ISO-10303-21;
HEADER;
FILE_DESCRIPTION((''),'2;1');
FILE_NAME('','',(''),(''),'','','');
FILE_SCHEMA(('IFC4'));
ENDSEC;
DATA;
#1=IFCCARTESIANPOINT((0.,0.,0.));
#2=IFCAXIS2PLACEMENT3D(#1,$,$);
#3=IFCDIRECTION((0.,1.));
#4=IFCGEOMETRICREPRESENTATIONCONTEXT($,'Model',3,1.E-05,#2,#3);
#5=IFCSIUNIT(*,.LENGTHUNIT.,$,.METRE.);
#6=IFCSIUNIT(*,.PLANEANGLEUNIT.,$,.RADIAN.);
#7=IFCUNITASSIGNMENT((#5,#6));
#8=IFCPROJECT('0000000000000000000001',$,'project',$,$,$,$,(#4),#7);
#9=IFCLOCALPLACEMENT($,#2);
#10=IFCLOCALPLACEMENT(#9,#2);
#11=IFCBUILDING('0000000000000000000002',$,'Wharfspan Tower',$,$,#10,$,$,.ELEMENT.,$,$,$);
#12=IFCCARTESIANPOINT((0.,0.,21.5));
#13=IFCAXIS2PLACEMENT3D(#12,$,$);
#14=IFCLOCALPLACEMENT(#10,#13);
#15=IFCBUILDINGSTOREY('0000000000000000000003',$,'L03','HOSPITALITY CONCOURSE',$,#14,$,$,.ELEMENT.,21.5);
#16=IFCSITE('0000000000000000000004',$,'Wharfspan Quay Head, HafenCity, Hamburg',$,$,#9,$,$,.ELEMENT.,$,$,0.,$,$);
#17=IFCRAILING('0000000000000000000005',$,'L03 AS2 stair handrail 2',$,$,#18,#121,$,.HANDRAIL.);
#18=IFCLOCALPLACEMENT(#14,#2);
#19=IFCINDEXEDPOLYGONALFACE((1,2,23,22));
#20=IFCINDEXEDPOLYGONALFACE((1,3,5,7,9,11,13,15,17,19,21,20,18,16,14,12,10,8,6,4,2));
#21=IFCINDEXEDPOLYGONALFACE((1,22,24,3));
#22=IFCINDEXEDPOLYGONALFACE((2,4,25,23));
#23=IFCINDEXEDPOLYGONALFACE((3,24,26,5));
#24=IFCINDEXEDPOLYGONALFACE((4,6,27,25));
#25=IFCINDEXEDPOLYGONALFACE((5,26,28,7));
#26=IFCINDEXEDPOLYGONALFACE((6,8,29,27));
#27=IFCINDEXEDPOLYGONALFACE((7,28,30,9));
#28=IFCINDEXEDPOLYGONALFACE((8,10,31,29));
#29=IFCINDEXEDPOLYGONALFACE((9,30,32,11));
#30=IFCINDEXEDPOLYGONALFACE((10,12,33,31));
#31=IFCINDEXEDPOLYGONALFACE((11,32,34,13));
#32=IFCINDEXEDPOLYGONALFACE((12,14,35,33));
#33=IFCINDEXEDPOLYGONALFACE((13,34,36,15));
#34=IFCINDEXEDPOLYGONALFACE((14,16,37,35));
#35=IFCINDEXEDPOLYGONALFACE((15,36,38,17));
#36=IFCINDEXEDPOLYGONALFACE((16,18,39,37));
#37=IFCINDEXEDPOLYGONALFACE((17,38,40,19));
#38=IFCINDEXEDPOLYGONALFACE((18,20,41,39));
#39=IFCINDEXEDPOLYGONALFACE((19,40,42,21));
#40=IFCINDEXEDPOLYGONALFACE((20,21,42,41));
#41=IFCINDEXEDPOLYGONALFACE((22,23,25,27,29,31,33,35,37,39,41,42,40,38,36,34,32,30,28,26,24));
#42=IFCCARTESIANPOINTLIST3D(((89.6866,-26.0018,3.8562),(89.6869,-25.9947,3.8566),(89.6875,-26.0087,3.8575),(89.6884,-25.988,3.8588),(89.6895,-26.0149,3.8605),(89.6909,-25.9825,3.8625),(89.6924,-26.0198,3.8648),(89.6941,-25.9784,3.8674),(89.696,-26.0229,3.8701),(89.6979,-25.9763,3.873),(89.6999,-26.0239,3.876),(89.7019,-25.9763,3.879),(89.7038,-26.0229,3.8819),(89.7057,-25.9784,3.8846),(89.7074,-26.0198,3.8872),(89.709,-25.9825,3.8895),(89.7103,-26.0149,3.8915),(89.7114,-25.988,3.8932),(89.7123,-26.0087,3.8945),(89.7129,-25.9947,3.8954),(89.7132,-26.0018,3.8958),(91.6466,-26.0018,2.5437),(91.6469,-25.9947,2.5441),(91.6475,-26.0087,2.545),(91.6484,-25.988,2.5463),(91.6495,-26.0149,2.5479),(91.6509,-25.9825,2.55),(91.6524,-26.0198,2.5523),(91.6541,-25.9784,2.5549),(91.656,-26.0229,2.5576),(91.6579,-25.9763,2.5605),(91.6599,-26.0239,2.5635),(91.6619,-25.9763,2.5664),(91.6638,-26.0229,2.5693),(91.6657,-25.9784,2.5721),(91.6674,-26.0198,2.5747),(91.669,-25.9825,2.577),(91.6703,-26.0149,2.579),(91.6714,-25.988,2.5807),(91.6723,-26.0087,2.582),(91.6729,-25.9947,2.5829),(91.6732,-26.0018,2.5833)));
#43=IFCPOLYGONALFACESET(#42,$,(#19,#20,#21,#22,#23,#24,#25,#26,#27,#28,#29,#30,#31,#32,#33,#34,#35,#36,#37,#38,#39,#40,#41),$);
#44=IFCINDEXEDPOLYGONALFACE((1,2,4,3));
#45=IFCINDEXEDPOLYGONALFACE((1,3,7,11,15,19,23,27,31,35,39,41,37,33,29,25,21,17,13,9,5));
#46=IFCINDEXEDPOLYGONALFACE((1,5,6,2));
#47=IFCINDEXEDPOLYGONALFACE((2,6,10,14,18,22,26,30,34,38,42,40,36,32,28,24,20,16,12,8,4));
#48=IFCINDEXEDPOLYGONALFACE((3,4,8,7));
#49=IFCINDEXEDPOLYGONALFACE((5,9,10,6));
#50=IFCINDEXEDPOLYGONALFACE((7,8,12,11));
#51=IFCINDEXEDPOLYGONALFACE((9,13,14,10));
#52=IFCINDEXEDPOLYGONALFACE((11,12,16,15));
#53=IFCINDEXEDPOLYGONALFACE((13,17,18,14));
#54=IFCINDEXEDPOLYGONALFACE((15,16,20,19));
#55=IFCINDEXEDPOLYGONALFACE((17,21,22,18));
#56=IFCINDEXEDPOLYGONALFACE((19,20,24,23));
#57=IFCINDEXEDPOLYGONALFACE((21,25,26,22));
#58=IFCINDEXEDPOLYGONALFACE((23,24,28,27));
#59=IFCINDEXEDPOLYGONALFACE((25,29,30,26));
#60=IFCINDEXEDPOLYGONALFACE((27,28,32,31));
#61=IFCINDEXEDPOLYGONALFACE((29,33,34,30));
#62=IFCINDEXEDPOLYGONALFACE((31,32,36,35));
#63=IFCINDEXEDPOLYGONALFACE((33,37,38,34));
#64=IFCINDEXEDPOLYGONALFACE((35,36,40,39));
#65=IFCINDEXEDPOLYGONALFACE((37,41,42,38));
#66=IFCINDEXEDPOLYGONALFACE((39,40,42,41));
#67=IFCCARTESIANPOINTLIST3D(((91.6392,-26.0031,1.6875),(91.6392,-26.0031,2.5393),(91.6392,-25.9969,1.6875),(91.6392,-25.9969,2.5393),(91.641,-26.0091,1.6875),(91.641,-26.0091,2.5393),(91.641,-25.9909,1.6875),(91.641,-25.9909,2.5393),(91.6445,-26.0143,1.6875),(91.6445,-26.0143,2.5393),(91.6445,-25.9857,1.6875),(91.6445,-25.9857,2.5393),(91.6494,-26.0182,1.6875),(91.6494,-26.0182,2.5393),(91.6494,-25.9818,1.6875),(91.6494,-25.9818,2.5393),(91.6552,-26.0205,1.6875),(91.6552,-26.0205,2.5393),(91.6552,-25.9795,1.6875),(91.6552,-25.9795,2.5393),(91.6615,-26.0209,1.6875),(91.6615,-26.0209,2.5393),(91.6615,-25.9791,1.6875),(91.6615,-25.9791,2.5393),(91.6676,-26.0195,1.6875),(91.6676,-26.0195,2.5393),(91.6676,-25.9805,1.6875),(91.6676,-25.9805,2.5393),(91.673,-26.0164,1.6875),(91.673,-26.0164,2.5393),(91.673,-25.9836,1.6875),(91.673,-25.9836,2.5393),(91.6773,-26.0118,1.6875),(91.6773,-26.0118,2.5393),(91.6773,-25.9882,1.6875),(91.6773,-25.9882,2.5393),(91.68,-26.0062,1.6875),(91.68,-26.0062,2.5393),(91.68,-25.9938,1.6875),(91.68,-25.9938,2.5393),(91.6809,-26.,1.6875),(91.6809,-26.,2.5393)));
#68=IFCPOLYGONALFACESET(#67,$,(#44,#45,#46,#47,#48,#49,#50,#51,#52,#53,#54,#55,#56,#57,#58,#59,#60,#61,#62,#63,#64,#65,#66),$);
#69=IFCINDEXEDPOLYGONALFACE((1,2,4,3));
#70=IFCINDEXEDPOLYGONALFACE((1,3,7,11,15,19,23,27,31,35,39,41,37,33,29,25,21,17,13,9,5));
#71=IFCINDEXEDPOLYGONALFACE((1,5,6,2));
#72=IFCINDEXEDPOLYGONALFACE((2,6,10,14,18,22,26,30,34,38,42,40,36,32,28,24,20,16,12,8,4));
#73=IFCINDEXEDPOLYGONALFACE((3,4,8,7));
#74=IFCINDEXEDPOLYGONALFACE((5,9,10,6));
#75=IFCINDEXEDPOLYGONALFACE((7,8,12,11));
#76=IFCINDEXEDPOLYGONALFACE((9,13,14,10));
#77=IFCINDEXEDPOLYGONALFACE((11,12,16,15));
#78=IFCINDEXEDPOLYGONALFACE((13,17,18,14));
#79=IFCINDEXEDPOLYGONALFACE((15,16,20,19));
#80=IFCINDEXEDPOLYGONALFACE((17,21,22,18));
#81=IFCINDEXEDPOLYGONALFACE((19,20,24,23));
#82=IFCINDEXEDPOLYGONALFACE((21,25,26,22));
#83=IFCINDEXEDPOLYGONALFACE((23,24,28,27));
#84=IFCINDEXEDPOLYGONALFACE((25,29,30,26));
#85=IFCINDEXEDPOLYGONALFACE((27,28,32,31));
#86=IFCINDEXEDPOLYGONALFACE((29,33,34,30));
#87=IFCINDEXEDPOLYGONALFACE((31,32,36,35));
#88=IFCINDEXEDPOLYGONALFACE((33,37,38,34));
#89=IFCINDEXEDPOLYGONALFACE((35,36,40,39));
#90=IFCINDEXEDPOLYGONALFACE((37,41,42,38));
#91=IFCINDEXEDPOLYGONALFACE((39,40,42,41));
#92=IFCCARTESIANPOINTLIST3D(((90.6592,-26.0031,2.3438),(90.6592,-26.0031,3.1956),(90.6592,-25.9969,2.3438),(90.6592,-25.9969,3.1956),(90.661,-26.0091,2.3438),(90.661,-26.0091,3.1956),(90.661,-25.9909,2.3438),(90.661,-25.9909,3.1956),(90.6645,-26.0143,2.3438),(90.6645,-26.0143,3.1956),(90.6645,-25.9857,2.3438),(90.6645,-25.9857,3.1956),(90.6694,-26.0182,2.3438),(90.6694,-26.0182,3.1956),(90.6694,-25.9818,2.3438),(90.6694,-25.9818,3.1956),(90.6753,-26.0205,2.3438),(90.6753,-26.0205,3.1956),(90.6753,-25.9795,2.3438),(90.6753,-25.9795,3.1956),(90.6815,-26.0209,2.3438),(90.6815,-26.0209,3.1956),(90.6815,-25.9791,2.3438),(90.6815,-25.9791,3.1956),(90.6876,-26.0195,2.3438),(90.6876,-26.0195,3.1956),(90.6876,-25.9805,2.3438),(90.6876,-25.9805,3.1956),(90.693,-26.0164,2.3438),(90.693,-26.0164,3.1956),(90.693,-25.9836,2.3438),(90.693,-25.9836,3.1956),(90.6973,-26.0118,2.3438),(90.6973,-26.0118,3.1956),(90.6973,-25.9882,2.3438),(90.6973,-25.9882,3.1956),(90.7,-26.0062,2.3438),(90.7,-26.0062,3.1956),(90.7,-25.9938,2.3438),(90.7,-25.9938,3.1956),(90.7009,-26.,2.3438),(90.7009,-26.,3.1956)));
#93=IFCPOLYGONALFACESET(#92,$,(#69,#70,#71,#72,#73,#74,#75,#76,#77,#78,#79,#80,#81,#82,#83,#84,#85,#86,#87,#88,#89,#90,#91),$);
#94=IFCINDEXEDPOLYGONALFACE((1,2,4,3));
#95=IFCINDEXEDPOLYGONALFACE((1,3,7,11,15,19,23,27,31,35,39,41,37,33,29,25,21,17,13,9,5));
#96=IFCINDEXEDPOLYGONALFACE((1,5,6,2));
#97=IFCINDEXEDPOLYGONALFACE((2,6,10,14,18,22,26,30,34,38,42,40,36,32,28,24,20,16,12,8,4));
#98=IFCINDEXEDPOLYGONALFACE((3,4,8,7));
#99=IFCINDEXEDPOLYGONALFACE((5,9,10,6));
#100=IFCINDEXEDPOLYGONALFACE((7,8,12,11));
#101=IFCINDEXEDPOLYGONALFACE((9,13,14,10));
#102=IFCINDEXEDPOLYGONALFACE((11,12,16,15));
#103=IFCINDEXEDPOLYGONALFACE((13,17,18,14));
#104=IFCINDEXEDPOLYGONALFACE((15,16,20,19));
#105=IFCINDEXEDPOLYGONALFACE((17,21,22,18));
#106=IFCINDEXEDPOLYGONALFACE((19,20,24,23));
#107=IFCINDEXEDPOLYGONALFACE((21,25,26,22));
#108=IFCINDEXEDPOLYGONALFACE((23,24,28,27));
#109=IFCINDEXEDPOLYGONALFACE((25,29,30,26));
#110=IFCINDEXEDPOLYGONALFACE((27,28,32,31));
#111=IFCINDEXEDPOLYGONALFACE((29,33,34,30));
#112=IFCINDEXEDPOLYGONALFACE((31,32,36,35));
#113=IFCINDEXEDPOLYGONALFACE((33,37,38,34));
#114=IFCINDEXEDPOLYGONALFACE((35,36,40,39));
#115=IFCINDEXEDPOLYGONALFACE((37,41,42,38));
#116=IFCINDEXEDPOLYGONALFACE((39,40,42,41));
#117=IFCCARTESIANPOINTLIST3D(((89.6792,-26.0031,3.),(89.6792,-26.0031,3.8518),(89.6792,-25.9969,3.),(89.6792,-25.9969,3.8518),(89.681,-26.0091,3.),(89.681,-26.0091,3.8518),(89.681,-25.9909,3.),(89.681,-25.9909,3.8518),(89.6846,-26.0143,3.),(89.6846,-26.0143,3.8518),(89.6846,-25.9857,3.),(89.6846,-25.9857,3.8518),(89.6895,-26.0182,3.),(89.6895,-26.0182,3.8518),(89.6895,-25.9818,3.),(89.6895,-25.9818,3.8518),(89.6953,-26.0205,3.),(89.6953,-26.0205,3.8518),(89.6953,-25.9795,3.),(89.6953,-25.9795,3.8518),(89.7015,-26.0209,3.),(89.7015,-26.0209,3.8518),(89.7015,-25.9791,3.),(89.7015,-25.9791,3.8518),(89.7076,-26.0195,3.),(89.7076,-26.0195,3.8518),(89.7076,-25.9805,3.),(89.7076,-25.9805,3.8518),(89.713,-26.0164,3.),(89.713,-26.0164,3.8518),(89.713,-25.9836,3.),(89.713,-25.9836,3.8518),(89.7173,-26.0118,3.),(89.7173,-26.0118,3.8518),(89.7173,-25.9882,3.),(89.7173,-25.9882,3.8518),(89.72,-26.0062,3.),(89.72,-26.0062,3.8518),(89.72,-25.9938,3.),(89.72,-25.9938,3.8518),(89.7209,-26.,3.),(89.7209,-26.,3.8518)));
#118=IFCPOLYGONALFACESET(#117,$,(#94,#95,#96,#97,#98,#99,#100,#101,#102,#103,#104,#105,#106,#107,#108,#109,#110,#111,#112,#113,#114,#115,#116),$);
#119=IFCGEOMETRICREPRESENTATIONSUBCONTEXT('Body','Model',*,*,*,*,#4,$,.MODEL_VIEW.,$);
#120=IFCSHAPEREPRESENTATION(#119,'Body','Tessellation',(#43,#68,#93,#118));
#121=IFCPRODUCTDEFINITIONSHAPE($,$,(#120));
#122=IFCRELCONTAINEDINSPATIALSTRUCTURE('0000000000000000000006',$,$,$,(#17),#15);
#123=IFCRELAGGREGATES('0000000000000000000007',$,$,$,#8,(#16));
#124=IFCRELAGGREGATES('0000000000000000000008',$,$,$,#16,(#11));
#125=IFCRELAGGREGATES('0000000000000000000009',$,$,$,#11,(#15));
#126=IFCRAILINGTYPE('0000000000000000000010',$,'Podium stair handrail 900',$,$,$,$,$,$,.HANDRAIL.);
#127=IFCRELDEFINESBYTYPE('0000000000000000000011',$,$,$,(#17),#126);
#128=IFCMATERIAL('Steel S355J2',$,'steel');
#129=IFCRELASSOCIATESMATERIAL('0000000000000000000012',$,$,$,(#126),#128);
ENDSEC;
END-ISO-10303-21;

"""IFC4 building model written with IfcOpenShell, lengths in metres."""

from ifc_helpers import new_model, si_unit, direction, frame, origin, origin_2d, place, context, subcontext, project, spatial, circle, extrude, material, type_object, element, save


model = new_model("IFC4")

# Units and contexts
model_context = context("Model", 3, precision=1e-05, world=origin(), true_north=direction((0.0, 1.0)))
body_context = subcontext(model_context, "Body", "Model", "MODEL_VIEW")
ifc_project = project(units=[si_unit("LENGTHUNIT", "METRE"), si_unit("PLANEANGLEUNIT", "RADIAN")], contexts=[model_context])

# Site, building, storey
site_placement = place(None, origin())
site = spatial("IfcSite", under=ifc_project, at=site_placement, Name="Wharfspan Quay Head, HafenCity, Hamburg", CompositionType="ELEMENT", RefElevation=0.0)
building_placement = place(site_placement, origin())
building = spatial("IfcBuilding", under=site, at=building_placement, Name="Wharfspan Tower", CompositionType="ELEMENT")
storey_placement = place(building_placement, frame((0.0, 0.0, 21.5)))
storey = spatial("IfcBuildingStorey", under=building, at=storey_placement, Name="L03", Description="HOSPITALITY CONCOURSE", CompositionType="ELEMENT", Elevation=21.5)

# Railing
ifc_material_1 = material(Name="Steel S355J2", Category="steel")
railing_type_1 = type_object("IfcRailingType", Name="Podium stair handrail 900", PredefinedType="HANDRAIL", material=ifc_material_1)
railing_1_placement = place(storey_placement, frame((91.6599, -26.0, 1.6875)))
element("IfcRailing", 1, at=railing_1_placement, inside=storey, type_object=railing_type_1, Name="L03 AS2 stair handrail 2", PredefinedType="HANDRAIL", context=body_context, shape_type="SweptSolid", body=[
    extrude(circle(Radius=0.0239, at=origin_2d()), frame((0.0, 0.0, 0.876), z_axis=(-0.830902, 0.0, 0.556419), x_axis=(0.0, -1.0, 0.0)), (0.0, 0.0, 1.0), 2.3589),
    extrude(circle(Radius=0.021, at=origin_2d()), origin(), (0.0, 0.0, 1.0), 0.8518),
    extrude(circle(Radius=0.021, at=origin_2d()), frame((-0.98, 0.0, 0.6562)), (0.0, 0.0, 1.0), 0.8518),
    extrude(circle(Radius=0.021, at=origin_2d()), frame((-1.96, 0.0, 1.3125)), (0.0, 0.0, 1.0), 0.8518),
])

save(model, "model.ifc")
